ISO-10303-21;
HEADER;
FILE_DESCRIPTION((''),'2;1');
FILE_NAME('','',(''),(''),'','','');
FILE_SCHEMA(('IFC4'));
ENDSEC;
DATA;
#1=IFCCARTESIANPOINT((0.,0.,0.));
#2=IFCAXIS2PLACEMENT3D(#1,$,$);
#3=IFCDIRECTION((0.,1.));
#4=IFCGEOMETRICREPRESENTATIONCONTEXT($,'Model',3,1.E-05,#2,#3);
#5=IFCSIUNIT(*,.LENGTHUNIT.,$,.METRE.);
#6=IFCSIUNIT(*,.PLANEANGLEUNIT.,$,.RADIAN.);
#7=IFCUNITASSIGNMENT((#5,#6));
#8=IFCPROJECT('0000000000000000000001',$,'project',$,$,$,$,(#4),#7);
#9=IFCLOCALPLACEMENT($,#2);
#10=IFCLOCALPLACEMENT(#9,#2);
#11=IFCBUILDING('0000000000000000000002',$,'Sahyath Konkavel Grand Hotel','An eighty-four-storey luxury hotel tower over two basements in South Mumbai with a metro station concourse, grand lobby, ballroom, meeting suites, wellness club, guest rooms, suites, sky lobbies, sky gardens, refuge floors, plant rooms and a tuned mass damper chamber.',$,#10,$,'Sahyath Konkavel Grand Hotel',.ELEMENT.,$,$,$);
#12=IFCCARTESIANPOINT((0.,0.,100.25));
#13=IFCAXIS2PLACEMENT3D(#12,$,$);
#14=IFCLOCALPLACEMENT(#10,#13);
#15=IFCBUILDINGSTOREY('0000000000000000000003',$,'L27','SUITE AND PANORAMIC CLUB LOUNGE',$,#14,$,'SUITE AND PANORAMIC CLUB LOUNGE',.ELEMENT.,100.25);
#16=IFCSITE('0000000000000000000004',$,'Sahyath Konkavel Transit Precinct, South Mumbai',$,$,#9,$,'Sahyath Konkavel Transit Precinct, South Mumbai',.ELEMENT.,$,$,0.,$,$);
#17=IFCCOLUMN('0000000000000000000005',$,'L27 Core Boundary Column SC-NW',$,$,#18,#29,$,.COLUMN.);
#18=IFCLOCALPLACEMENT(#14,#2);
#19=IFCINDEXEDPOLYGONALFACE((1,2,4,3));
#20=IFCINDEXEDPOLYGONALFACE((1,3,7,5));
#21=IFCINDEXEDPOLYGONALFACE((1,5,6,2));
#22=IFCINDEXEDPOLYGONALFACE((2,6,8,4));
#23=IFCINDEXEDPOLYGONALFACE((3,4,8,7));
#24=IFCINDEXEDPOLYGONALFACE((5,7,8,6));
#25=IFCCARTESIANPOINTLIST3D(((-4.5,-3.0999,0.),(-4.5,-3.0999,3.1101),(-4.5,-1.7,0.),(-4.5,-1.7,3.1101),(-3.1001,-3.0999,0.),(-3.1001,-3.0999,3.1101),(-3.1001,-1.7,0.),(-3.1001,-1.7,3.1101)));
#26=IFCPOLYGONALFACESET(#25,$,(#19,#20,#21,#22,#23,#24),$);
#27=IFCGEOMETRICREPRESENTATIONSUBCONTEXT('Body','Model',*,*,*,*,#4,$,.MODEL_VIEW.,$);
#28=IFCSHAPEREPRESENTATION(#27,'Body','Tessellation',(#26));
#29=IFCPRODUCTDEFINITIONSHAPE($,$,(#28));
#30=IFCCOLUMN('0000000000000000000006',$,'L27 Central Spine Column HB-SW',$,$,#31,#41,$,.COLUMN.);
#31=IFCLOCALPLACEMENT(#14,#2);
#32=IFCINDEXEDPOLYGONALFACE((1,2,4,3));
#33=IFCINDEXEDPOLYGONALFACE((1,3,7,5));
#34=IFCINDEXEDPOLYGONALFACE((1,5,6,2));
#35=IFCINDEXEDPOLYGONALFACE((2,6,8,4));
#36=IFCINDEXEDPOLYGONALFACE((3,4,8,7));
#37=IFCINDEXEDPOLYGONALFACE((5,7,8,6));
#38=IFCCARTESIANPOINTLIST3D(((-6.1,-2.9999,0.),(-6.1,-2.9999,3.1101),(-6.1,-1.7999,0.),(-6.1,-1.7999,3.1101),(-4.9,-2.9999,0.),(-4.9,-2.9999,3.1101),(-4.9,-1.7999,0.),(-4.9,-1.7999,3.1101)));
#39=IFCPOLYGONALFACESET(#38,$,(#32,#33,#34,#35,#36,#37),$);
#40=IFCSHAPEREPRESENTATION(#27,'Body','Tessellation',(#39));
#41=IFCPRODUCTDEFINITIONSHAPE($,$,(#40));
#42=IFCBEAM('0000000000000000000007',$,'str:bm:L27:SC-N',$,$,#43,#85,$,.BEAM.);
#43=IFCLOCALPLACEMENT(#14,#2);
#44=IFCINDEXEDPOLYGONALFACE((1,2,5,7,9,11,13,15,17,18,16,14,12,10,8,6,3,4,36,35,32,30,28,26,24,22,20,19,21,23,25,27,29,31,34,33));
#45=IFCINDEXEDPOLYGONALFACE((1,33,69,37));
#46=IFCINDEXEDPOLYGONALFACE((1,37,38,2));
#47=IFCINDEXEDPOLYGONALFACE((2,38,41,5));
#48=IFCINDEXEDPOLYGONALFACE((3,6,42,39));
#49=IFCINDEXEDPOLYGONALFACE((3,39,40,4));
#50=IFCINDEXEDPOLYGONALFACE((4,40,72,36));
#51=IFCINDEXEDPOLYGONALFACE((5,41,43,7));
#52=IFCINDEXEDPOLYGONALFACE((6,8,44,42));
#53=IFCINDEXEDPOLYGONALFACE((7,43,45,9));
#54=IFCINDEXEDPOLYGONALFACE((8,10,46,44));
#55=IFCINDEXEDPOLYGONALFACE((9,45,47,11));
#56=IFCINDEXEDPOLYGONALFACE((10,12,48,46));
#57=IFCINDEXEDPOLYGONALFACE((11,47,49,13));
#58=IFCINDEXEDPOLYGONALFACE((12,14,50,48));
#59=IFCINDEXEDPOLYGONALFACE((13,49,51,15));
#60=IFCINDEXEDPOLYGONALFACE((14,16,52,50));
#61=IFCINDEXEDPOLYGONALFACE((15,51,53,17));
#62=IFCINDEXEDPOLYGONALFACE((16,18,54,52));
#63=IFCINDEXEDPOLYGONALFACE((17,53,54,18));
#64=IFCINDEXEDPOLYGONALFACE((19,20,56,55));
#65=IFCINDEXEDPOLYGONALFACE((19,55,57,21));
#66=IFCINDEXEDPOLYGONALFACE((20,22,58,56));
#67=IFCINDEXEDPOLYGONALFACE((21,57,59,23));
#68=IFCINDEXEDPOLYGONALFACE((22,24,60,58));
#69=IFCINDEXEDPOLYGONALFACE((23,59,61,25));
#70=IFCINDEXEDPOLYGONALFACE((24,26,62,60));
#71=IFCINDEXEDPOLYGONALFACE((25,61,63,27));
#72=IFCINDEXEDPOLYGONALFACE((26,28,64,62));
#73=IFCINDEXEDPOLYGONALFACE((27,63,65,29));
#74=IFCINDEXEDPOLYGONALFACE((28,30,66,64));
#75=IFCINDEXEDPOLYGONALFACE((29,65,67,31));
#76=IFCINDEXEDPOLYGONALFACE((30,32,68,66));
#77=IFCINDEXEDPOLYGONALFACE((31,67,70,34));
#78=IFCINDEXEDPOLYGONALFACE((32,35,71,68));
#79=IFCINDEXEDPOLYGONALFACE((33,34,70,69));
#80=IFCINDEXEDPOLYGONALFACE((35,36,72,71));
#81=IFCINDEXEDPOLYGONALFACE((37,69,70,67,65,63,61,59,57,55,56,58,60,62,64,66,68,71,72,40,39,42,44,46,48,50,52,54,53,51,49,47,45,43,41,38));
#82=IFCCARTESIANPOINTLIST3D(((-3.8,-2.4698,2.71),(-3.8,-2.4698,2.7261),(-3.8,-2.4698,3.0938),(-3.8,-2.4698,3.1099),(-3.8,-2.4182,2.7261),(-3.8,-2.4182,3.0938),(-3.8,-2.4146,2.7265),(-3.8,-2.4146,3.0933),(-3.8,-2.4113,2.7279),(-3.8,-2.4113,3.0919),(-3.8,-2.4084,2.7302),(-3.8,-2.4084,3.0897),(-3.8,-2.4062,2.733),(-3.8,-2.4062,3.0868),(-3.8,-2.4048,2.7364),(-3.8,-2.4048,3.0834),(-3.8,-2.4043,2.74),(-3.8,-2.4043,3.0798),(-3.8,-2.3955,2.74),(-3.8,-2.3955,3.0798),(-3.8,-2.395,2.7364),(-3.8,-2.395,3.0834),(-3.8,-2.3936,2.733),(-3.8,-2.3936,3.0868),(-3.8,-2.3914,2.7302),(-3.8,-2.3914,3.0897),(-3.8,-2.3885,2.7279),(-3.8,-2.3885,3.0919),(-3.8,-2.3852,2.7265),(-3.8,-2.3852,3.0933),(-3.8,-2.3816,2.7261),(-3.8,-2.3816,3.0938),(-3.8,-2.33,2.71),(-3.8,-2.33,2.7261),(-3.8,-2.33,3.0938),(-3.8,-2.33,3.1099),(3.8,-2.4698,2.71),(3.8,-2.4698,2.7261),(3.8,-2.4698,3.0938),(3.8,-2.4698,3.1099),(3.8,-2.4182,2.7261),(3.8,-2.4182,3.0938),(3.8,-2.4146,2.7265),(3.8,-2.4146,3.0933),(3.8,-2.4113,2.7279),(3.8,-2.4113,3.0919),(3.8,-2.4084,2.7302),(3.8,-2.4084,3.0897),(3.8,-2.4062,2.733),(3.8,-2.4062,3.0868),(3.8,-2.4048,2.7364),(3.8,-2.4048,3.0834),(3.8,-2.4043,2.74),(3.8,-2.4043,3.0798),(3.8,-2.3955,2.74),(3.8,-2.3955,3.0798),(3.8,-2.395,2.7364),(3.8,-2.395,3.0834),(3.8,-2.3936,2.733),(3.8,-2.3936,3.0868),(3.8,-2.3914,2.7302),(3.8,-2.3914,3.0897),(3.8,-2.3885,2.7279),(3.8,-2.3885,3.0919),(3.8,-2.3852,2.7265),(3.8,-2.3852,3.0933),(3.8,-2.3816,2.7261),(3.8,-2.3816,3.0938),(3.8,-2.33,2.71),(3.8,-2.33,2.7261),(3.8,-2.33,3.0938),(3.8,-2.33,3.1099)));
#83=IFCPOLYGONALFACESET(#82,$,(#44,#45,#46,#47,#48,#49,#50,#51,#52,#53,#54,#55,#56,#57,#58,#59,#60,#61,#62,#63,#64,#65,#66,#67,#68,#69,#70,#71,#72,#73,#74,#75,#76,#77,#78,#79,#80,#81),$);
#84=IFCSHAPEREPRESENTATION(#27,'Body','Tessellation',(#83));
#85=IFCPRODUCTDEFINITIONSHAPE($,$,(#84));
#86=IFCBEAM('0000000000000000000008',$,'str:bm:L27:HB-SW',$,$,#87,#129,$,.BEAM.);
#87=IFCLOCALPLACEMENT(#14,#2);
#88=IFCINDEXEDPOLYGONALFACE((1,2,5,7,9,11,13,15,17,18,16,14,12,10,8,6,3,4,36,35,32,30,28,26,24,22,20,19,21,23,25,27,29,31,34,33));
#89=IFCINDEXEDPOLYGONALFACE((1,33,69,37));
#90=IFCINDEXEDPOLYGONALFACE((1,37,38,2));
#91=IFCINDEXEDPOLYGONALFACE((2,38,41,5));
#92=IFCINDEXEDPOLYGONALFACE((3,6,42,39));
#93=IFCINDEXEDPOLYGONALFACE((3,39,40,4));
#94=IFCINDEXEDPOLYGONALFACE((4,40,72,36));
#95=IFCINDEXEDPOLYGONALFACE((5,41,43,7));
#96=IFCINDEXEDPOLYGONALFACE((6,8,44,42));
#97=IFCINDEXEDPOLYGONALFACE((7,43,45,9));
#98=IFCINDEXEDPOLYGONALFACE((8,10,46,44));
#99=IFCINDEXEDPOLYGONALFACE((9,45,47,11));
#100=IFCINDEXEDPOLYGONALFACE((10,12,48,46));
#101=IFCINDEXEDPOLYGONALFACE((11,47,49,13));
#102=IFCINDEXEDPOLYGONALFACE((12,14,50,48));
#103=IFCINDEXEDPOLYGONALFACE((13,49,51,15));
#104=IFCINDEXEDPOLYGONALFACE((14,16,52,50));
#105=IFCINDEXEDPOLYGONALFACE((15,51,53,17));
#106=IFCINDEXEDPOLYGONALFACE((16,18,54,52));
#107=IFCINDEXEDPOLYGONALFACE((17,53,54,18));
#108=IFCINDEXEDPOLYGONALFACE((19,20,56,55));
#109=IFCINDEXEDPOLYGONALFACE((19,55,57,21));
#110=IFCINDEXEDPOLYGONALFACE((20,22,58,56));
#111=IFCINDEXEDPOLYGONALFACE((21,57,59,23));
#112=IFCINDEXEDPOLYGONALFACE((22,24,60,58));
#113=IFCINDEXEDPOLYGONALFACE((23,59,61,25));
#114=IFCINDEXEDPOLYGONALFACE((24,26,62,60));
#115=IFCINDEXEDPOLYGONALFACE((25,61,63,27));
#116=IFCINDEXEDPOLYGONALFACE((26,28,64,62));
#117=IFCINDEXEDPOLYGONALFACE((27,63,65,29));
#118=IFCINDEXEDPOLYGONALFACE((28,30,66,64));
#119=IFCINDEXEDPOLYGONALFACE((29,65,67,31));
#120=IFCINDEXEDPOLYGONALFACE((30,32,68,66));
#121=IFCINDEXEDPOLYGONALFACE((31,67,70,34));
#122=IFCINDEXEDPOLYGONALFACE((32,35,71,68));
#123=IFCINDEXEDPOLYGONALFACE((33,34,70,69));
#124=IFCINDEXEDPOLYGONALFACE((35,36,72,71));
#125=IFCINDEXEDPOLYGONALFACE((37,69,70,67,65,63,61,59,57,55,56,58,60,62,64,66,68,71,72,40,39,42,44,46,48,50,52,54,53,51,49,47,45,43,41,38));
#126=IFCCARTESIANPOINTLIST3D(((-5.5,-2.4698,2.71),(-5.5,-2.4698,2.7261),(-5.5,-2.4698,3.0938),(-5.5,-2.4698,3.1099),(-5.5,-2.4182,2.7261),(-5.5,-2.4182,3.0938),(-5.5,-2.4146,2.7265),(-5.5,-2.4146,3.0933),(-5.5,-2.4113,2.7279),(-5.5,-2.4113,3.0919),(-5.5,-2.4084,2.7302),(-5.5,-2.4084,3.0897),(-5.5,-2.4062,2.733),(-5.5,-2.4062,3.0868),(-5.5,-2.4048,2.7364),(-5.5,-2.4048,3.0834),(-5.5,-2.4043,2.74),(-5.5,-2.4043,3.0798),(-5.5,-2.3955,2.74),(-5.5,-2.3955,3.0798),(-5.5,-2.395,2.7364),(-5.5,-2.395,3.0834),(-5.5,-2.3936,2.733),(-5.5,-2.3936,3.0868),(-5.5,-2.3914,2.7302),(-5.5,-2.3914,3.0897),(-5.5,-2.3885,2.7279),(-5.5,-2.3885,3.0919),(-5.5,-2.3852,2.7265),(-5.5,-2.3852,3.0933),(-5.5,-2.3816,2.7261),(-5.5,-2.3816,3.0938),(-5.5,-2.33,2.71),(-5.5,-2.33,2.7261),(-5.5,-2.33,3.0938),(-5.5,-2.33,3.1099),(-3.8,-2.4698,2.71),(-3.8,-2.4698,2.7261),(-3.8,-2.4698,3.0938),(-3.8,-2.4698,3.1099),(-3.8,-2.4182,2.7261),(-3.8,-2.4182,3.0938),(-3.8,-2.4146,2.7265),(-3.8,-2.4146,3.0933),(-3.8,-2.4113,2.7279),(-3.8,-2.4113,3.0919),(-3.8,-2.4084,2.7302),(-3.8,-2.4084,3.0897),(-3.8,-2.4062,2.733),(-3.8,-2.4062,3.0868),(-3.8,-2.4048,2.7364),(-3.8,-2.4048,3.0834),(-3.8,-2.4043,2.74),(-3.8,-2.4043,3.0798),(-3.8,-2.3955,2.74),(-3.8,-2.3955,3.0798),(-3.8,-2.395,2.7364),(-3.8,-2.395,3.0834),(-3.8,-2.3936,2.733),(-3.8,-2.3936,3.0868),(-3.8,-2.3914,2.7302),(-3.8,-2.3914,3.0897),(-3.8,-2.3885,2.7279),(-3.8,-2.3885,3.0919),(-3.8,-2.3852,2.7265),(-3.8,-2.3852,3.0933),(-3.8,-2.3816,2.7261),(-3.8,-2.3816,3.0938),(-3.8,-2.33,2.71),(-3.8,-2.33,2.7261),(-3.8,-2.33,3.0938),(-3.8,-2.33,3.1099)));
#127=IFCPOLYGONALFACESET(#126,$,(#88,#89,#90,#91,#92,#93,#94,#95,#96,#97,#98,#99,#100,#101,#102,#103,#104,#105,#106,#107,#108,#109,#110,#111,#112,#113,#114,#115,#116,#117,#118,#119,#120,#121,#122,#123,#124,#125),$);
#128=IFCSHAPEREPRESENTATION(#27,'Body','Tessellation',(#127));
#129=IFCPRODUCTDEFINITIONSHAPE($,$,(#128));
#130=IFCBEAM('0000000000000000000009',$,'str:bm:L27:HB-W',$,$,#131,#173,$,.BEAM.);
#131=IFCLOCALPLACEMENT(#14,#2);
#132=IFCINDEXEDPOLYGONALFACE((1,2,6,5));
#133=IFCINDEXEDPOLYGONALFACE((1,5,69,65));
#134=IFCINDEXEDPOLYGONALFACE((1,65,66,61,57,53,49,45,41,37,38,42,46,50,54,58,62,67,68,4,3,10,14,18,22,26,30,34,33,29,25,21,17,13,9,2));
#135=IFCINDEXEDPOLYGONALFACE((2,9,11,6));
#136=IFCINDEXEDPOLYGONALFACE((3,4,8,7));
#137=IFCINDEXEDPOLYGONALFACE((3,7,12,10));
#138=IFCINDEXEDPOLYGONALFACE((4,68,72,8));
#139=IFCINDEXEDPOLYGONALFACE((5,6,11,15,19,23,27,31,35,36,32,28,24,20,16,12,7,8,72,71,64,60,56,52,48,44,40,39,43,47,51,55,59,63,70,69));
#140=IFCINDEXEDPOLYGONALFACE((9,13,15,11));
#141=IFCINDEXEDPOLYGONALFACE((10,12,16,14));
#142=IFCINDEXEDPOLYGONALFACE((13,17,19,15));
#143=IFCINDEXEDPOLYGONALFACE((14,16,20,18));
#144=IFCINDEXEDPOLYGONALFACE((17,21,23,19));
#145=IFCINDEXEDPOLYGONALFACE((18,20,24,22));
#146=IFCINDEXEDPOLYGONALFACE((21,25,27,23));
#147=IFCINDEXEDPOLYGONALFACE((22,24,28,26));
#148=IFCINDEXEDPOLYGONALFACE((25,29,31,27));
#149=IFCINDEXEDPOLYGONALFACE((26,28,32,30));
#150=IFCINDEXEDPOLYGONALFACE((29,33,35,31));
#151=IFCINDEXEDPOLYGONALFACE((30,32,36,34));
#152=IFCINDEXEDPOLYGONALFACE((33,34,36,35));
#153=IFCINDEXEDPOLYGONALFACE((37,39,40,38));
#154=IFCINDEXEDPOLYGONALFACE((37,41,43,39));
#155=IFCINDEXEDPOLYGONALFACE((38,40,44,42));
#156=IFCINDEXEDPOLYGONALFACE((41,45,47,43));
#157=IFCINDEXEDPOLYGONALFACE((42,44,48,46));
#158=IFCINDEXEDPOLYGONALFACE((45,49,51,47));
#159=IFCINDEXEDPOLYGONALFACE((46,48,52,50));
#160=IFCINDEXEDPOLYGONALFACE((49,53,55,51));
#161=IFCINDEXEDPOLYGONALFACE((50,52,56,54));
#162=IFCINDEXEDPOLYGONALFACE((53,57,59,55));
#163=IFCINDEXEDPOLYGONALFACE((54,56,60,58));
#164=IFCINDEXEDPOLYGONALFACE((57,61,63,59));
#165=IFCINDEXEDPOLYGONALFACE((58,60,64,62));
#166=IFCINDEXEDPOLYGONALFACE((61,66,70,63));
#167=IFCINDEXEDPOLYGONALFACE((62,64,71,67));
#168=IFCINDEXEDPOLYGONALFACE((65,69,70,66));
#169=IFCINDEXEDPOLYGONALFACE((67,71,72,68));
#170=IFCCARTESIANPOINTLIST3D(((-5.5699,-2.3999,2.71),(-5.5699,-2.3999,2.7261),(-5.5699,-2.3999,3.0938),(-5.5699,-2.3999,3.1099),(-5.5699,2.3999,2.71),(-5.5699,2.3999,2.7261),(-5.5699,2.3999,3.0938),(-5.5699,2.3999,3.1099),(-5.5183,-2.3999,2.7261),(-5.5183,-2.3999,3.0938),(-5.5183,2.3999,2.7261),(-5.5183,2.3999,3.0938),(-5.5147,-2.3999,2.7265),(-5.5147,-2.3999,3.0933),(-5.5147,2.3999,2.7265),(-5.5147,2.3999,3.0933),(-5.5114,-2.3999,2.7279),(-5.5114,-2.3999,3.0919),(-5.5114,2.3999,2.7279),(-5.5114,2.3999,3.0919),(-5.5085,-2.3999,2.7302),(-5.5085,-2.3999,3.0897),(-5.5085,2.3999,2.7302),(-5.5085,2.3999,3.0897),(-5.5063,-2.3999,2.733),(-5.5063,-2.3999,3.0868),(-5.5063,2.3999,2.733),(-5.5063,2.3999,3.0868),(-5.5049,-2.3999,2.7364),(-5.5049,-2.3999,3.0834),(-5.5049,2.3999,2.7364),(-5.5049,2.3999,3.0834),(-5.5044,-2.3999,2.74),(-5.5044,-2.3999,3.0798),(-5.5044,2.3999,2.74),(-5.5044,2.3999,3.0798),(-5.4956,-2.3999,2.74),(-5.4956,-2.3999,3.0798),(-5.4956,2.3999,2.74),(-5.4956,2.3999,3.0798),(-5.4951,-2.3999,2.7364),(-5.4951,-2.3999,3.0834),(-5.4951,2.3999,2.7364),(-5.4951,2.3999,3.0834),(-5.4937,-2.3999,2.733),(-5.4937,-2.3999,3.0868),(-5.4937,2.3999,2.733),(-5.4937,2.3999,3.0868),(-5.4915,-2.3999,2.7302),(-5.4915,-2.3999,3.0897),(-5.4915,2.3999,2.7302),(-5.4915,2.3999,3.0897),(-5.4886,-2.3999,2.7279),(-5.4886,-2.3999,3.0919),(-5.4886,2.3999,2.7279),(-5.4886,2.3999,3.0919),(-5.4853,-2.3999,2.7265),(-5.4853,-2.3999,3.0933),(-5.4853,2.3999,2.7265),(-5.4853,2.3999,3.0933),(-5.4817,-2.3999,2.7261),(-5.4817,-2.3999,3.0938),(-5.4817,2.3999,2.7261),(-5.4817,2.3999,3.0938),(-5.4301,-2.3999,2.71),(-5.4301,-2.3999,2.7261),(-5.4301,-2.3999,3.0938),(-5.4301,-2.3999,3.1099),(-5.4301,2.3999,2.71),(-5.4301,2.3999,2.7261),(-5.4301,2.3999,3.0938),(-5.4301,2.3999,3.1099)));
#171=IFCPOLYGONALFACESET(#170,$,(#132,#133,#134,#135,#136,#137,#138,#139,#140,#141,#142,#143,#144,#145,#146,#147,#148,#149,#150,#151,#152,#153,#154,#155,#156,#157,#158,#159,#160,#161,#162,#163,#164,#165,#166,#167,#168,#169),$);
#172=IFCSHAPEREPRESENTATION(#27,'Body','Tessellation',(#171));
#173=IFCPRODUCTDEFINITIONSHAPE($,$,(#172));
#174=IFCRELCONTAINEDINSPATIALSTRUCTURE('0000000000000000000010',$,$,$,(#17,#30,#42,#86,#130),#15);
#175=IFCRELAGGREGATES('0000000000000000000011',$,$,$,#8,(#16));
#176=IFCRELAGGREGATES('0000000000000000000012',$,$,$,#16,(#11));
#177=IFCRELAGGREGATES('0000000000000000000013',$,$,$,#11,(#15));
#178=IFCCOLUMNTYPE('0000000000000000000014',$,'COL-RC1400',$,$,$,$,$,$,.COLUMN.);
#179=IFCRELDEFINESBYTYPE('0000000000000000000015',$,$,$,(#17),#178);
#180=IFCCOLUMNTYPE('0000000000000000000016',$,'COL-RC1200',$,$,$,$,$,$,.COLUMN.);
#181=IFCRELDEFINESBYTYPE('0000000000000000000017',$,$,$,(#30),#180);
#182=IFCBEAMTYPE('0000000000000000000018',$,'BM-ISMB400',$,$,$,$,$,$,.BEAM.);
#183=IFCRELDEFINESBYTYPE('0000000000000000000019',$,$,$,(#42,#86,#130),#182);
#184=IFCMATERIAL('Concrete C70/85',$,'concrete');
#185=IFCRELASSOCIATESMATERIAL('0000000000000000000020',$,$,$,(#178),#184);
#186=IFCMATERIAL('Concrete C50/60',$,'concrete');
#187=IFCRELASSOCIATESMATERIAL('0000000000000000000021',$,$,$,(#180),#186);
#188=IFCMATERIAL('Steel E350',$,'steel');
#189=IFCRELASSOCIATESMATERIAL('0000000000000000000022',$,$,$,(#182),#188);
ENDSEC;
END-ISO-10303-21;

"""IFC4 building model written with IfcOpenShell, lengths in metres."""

from ifc_helpers import new_model, si_unit, direction, frame, origin, origin_2d, place, context, subcontext, project, spatial, rectangle, i_section, extrude, source, transform, mapped, material, material_profile, profile_set, type_object, element, save


model = new_model("IFC4")

# Units and contexts
model_context = context("Model", 3, precision=1e-05, world=origin(), true_north=direction((0.0, 1.0)))
body_context = subcontext(model_context, "Body", "Model", "MODEL_VIEW")
ifc_project = project(units=[si_unit("LENGTHUNIT", "METRE"), si_unit("PLANEANGLEUNIT", "RADIAN")], contexts=[model_context])

# Site, building, storey
site_placement = place(None, origin())
site = spatial("IfcSite", under=ifc_project, at=site_placement, Name="Sahyath Konkavel Transit Precinct, South Mumbai", LongName="Sahyath Konkavel Transit Precinct, South Mumbai", CompositionType="ELEMENT", RefElevation=0.0)
building_placement = place(site_placement, origin())
building = spatial("IfcBuilding", under=site, at=building_placement, Name="Sahyath Konkavel Grand Hotel", Description="An eighty-four-storey luxury hotel tower over two basements in South Mumbai with a metro station concourse, grand lobby, ballroom, meeting suites, wellness club, guest rooms, suites, sky lobbies, sky gardens, refuge floors, plant rooms and a tuned mass damper chamber.", LongName="Sahyath Konkavel Grand Hotel", CompositionType="ELEMENT")
storey_placement = place(building_placement, frame((0.0, 0.0, 100.25)))
storey = spatial("IfcBuildingStorey", under=building, at=storey_placement, Name="L27", Description="SUITE AND PANORAMIC CLUB LOUNGE", LongName="SUITE AND PANORAMIC CLUB LOUNGE", CompositionType="ELEMENT", Elevation=100.25)

# Columns
ifc_material_1 = material(Name="Concrete C70/85", Category="concrete")
ifc_material_profile_1 = material_profile(ifc_material_1, rectangle(XDim=1.3999, YDim=1.3999, at=origin_2d()), Name="RC 1400x1400")
ifc_profile_set_1 = profile_set([ifc_material_profile_1], Name="Concrete C70/85")
column_type_1 = type_object("IfcColumnType", Name="COL-RC1400", PredefinedType="COLUMN", material=ifc_profile_set_1)
shared_shape_1 = source(origin(), body_context, "Body", "SweptSolid", [
    extrude(rectangle(XDim=1.3999, YDim=1.3999, at=origin_2d()), origin(), (0.0, 0.0, 1.0), 3.1101),
])
column_1_placement = place(storey_placement, frame((-3.8, -2.3999, 0.0), z_axis=(0.0, 0.0, 1.0), x_axis=(1.0, 0.0, 0.0)))
element("IfcColumn", 1, at=column_1_placement, inside=storey, type_object=column_type_1, Name="L27 Core Boundary Column SC-NW", PredefinedType="COLUMN", context=body_context, shape_type="MappedRepresentation", body=[
    mapped(shared_shape_1, transform((0.0, 0.0, 0.0), scale=1.0)),
])
ifc_material_2 = material(Name="Concrete C50/60", Category="concrete")
ifc_material_profile_2 = material_profile(ifc_material_2, rectangle(XDim=1.2, YDim=1.2, at=origin_2d()), Name="RC 1200x1200")
ifc_profile_set_2 = profile_set([ifc_material_profile_2], Name="Concrete C50/60")
column_type_2 = type_object("IfcColumnType", Name="COL-RC1200", PredefinedType="COLUMN", material=ifc_profile_set_2)
shared_shape_2 = source(origin(), body_context, "Body", "SweptSolid", [
    extrude(rectangle(XDim=1.2, YDim=1.2, at=origin_2d()), origin(), (0.0, 0.0, 1.0), 3.1101),
])
column_2_placement = place(storey_placement, frame((-5.5, -2.3999, 0.0), z_axis=(0.0, 0.0, 1.0), x_axis=(1.0, 0.0, 0.0)))
element("IfcColumn", 2, at=column_2_placement, inside=storey, type_object=column_type_2, Name="L27 Central Spine Column HB-SW", PredefinedType="COLUMN", context=body_context, shape_type="MappedRepresentation", body=[
    mapped(shared_shape_2, transform((0.0, 0.0, 0.0), scale=1.0)),
])

# Beams
ifc_material_3 = material(Name="Steel E350", Category="steel")
ifc_material_profile_3 = material_profile(ifc_material_3, i_section(OverallWidth=0.1399, OverallDepth=0.3999, WebThickness=0.0088, FlangeThickness=0.0161, FilletRadius=0.0139, at=origin_2d()), Name="ISMB 400")
ifc_profile_set_3 = profile_set([ifc_material_profile_3], Name="Steel E350")
beam_type_1 = type_object("IfcBeamType", Name="BM-ISMB400", PredefinedType="BEAM", material=ifc_profile_set_3)
shared_shape_3 = source(origin(), body_context, "Body", "SweptSolid", [
    extrude(i_section(OverallWidth=0.1399, OverallDepth=0.3999, WebThickness=0.0088, FlangeThickness=0.0161, FilletRadius=0.0139, at=origin_2d()), origin(), (0.0, 0.0, 1.0), 7.6001),
])
beam_1_placement = place(storey_placement, frame((-3.8, -2.3999, 2.9099), z_axis=(1.0, 0.0, 0.0), x_axis=(0.0, 1.0, 0.0)))
element("IfcBeam", 3, at=beam_1_placement, inside=storey, type_object=beam_type_1, Name="str:bm:L27:SC-N", PredefinedType="BEAM", context=body_context, shape_type="MappedRepresentation", body=[
    mapped(shared_shape_3, transform((0.0, 0.0, 0.0), scale=1.0)),
])
shared_shape_4 = source(origin(), body_context, "Body", "SweptSolid", [
    extrude(i_section(OverallWidth=0.1399, OverallDepth=0.3999, WebThickness=0.0088, FlangeThickness=0.0161, FilletRadius=0.0139, at=origin_2d()), origin(), (0.0, 0.0, 1.0), 1.7),
])
beam_2_placement = place(storey_placement, frame((-5.5, -2.3999, 2.9099), z_axis=(1.0, 0.0, 0.0), x_axis=(0.0, 1.0, 0.0)))
element("IfcBeam", 4, at=beam_2_placement, inside=storey, type_object=beam_type_1, Name="str:bm:L27:HB-SW", PredefinedType="BEAM", context=body_context, shape_type="MappedRepresentation", body=[
    mapped(shared_shape_4, transform((0.0, 0.0, 0.0), scale=1.0)),
])
shared_shape_5 = source(origin(), body_context, "Body", "SweptSolid", [
    extrude(i_section(OverallWidth=0.1399, OverallDepth=0.3999, WebThickness=0.0088, FlangeThickness=0.0161, FilletRadius=0.0139, at=origin_2d()), origin(), (0.0, 0.0, 1.0), 4.7998),
])
beam_3_placement = place(storey_placement, frame((-5.5, -2.3999, 2.9099), z_axis=(0.0, 1.0, 0.0), x_axis=(-1.0, 0.0, 0.0)))
element("IfcBeam", 5, at=beam_3_placement, inside=storey, type_object=beam_type_1, Name="str:bm:L27:HB-W", PredefinedType="BEAM", context=body_context, shape_type="MappedRepresentation", body=[
    mapped(shared_shape_5, transform((0.0, 0.0, 0.0), scale=1.0)),
])

save(model, "model.ifc")
